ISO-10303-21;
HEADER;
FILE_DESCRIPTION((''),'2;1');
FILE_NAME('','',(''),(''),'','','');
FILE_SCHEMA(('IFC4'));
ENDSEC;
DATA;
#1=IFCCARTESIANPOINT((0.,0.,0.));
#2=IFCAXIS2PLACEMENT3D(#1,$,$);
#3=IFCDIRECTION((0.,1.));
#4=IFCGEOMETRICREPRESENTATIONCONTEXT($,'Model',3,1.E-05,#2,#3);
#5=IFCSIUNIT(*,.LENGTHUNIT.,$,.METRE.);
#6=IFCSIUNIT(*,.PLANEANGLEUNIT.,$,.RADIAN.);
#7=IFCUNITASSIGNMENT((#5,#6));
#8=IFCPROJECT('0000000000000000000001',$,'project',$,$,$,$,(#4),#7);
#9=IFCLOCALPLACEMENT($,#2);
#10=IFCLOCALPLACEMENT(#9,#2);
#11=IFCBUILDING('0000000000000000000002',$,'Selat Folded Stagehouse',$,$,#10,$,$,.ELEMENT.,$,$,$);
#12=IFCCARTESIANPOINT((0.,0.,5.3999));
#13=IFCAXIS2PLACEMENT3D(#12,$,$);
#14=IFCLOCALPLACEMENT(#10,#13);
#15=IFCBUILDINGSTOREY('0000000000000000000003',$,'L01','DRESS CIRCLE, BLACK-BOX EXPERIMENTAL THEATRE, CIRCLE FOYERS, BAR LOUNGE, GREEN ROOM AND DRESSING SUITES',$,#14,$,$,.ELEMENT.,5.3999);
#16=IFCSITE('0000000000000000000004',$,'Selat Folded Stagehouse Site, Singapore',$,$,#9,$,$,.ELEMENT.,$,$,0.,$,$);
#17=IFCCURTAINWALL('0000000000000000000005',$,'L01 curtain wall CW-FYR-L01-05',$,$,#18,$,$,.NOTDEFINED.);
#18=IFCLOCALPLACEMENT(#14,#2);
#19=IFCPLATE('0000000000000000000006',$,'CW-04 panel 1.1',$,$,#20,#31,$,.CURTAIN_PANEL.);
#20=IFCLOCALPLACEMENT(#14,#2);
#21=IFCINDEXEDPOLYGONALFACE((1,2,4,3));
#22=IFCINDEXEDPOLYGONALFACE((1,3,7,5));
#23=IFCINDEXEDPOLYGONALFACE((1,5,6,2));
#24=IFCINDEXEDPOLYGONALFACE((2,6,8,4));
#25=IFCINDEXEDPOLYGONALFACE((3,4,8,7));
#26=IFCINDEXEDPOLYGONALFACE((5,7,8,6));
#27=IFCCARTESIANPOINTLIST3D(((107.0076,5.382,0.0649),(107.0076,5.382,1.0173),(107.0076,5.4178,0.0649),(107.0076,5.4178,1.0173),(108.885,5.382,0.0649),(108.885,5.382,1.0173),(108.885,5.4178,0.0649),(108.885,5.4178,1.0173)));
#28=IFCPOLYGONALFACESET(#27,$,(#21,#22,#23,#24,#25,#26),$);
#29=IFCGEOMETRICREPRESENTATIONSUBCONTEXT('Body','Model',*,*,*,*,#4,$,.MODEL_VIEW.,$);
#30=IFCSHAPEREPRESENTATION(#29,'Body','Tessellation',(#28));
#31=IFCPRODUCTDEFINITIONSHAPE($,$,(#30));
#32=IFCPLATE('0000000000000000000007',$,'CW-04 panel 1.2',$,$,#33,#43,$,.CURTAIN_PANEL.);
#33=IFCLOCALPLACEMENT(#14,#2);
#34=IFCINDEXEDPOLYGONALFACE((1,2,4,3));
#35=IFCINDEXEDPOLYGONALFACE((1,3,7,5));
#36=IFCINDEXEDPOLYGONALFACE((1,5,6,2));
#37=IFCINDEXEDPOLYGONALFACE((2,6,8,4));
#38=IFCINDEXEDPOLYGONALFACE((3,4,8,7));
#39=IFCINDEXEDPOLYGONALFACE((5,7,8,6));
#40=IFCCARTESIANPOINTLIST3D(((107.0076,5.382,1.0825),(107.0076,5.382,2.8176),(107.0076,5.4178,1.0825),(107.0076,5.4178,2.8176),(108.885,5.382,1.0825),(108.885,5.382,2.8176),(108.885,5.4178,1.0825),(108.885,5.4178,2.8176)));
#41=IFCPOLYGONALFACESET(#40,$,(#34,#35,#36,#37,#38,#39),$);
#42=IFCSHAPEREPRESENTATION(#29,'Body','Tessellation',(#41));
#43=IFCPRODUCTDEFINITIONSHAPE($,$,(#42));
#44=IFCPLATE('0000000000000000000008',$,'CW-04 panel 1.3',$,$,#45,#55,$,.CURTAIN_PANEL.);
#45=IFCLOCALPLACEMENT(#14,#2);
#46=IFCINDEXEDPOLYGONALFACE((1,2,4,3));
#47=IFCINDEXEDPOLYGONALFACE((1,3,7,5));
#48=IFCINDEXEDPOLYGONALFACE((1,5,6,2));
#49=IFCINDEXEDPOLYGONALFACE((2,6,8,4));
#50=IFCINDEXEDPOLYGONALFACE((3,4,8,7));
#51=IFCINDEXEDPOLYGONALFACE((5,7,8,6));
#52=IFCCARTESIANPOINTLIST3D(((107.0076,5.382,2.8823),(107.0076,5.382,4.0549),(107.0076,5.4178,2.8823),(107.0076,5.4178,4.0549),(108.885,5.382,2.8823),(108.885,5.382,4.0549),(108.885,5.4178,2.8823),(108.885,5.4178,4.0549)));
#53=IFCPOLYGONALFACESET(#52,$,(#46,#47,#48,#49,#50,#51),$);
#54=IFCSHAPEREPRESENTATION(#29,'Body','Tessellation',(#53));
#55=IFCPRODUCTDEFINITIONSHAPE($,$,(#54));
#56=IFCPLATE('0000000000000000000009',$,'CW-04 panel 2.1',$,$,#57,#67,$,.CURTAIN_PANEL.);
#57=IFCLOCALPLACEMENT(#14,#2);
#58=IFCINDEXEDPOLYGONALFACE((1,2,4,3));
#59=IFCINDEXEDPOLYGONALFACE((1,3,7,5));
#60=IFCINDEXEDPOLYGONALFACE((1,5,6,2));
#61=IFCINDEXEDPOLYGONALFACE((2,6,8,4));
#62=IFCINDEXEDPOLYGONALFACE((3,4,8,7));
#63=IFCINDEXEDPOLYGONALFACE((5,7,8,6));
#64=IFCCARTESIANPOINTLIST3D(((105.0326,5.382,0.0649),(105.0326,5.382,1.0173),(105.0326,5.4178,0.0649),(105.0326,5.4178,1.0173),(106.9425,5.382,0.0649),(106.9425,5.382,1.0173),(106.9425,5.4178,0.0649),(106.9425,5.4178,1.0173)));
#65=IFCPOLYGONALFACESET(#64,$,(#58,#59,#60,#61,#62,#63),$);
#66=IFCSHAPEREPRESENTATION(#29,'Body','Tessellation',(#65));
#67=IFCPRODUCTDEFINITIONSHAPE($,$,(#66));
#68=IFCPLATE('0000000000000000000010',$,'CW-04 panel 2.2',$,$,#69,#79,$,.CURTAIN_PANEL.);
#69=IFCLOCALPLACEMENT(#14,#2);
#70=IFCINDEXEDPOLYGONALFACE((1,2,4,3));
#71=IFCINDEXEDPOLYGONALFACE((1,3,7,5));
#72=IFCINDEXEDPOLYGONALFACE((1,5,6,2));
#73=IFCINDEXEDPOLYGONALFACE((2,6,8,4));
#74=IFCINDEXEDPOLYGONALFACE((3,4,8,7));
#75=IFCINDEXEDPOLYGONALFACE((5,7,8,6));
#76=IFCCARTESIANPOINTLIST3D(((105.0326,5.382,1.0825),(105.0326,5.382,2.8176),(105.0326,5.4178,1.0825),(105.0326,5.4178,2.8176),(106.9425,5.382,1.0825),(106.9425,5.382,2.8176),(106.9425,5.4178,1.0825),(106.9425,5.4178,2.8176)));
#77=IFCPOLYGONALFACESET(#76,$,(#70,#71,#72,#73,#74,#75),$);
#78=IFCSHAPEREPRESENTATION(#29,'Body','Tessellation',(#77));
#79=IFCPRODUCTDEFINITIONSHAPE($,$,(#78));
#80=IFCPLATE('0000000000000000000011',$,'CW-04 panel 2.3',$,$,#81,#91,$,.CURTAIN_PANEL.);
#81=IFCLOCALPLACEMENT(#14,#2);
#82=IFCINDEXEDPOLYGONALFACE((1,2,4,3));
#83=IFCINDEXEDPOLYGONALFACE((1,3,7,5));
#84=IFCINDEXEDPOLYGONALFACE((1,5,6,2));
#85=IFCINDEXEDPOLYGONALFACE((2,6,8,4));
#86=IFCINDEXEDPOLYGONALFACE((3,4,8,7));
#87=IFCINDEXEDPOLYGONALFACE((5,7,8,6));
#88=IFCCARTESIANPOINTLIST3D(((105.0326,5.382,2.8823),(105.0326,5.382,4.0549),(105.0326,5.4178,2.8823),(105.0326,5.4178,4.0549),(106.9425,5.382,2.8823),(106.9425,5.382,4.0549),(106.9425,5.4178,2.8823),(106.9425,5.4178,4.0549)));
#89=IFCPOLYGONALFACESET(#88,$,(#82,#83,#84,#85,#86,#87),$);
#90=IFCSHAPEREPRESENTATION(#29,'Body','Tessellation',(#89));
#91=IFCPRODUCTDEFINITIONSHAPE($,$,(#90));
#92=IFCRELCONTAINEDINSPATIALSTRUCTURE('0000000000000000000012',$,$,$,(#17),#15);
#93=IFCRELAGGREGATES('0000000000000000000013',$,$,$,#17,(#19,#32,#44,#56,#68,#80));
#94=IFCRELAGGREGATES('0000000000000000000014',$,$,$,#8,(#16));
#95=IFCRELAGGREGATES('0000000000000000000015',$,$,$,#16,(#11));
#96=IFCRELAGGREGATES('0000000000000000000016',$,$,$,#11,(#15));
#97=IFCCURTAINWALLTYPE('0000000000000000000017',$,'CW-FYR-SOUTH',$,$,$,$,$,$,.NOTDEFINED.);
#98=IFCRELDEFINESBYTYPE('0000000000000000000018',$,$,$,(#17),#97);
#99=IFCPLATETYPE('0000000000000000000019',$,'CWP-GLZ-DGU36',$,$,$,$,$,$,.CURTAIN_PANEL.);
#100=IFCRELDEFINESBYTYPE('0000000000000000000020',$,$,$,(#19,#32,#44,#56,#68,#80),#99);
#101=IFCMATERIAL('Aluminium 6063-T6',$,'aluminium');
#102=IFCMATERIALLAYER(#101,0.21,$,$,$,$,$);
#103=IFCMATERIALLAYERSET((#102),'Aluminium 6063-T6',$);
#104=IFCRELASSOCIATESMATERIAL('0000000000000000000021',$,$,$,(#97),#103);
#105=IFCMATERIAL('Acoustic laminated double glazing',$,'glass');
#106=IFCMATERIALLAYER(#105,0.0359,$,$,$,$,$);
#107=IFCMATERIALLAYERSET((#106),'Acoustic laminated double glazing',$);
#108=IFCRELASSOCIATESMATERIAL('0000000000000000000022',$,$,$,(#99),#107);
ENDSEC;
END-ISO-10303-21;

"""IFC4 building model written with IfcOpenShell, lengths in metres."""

from ifc_helpers import new_model, si_unit, direction, frame, origin, origin_2d, place, context, subcontext, project, spatial, rectangle, extrude, material, layer, layer_set, type_object, element, aggregate, save


model = new_model("IFC4")

# Units and contexts
model_context = context("Model", 3, precision=1e-05, world=origin(), true_north=direction((0.0, 1.0)))
body_context = subcontext(model_context, "Body", "Model", "MODEL_VIEW")
ifc_project = project(units=[si_unit("LENGTHUNIT", "METRE"), si_unit("PLANEANGLEUNIT", "RADIAN")], contexts=[model_context])

# Site, building, storey
site_placement = place(None, origin())
site = spatial("IfcSite", under=ifc_project, at=site_placement, Name="Selat Folded Stagehouse Site, Singapore", CompositionType="ELEMENT", RefElevation=0.0)
building_placement = place(site_placement, origin())
building = spatial("IfcBuilding", under=site, at=building_placement, Name="Selat Folded Stagehouse", CompositionType="ELEMENT")
storey_placement = place(building_placement, frame((0.0, 0.0, 5.3999)))
storey = spatial("IfcBuildingStorey", under=building, at=storey_placement, Name="L01", Description="DRESS CIRCLE, BLACK-BOX EXPERIMENTAL THEATRE, CIRCLE FOYERS, BAR LOUNGE, GREEN ROOM AND DRESSING SUITES", CompositionType="ELEMENT", Elevation=5.3999)

# Curtain wall
ifc_material_1 = material(Name="Aluminium 6063-T6", Category="aluminium")
ifc_layer_1 = layer(ifc_material_1, 0.21)
ifc_layer_set_1 = layer_set([ifc_layer_1], Name="Aluminium 6063-T6")
curtain_wall_type = type_object("IfcCurtainWallType", Name="CW-FYR-SOUTH", PredefinedType="NOTDEFINED", material=ifc_layer_set_1)
curtain_wall_placement = place(storey_placement, origin())
curtain_wall = element("IfcCurtainWall", 1, at=curtain_wall_placement, inside=storey, type_object=curtain_wall_type, Name="L01 curtain wall CW-FYR-L01-05", PredefinedType="NOTDEFINED")

# Plates
ifc_material_2 = material(Name="Acoustic laminated double glazing", Category="glass")
ifc_layer_2 = layer(ifc_material_2, 0.0359)
ifc_layer_set_2 = layer_set([ifc_layer_2], Name="Acoustic laminated double glazing")
plate_type = type_object("IfcPlateType", Name="CWP-GLZ-DGU36", PredefinedType="CURTAIN_PANEL", material=ifc_layer_set_2)
plate_1_placement = place(storey_placement, frame((107.9463, 5.3999, 0.0649), z_axis=(0.0, 0.0, 1.0), x_axis=(-1.0, 0.0, 0.0)))
plate_1 = element("IfcPlate", 2, at=plate_1_placement, type_object=plate_type, Name="CW-04 panel 1.1", PredefinedType="CURTAIN_PANEL", context=body_context, shape_type="SweptSolid", body=[
    extrude(rectangle(XDim=1.8774, YDim=0.0359, at=origin_2d()), origin(), (0.0, 0.0, 1.0), 0.9524),
])
plate_2_placement = place(storey_placement, frame((107.9463, 5.3999, 1.0825), z_axis=(0.0, 0.0, 1.0), x_axis=(-1.0, 0.0, 0.0)))
plate_2 = element("IfcPlate", 3, at=plate_2_placement, type_object=plate_type, Name="CW-04 panel 1.2", PredefinedType="CURTAIN_PANEL", context=body_context, shape_type="SweptSolid", body=[
    extrude(rectangle(XDim=1.8774, YDim=0.0359, at=origin_2d()), origin(), (0.0, 0.0, 1.0), 1.7351),
])
plate_3_placement = place(storey_placement, frame((107.9463, 5.3999, 2.8823), z_axis=(0.0, 0.0, 1.0), x_axis=(-1.0, 0.0, 0.0)))
plate_3 = element("IfcPlate", 4, at=plate_3_placement, type_object=plate_type, Name="CW-04 panel 1.3", PredefinedType="CURTAIN_PANEL", context=body_context, shape_type="SweptSolid", body=[
    extrude(rectangle(XDim=1.8774, YDim=0.0359, at=origin_2d()), origin(), (0.0, 0.0, 1.0), 1.1726),
])
plate_4_placement = place(storey_placement, frame((105.9875, 5.3999, 0.0649), z_axis=(0.0, 0.0, 1.0), x_axis=(-1.0, 0.0, 0.0)))
plate_4 = element("IfcPlate", 5, at=plate_4_placement, type_object=plate_type, Name="CW-04 panel 2.1", PredefinedType="CURTAIN_PANEL", context=body_context, shape_type="SweptSolid", body=[
    extrude(rectangle(XDim=1.9099, YDim=0.0359, at=origin_2d()), origin(), (0.0, 0.0, 1.0), 0.9524),
])
plate_5_placement = place(storey_placement, frame((105.9875, 5.3999, 1.0825), z_axis=(0.0, 0.0, 1.0), x_axis=(-1.0, 0.0, 0.0)))
plate_5 = element("IfcPlate", 6, at=plate_5_placement, type_object=plate_type, Name="CW-04 panel 2.2", PredefinedType="CURTAIN_PANEL", context=body_context, shape_type="SweptSolid", body=[
    extrude(rectangle(XDim=1.9099, YDim=0.0359, at=origin_2d()), origin(), (0.0, 0.0, 1.0), 1.7351),
])
plate_6_placement = place(storey_placement, frame((105.9875, 5.3999, 2.8823), z_axis=(0.0, 0.0, 1.0), x_axis=(-1.0, 0.0, 0.0)))
plate_6 = element("IfcPlate", 7, at=plate_6_placement, type_object=plate_type, Name="CW-04 panel 2.3", PredefinedType="CURTAIN_PANEL", context=body_context, shape_type="SweptSolid", body=[
    extrude(rectangle(XDim=1.9099, YDim=0.0359, at=origin_2d()), origin(), (0.0, 0.0, 1.0), 1.1726),
])
aggregate(curtain_wall, [plate_1, plate_2, plate_3, plate_4, plate_5, plate_6])

save(model, "model.ifc")
